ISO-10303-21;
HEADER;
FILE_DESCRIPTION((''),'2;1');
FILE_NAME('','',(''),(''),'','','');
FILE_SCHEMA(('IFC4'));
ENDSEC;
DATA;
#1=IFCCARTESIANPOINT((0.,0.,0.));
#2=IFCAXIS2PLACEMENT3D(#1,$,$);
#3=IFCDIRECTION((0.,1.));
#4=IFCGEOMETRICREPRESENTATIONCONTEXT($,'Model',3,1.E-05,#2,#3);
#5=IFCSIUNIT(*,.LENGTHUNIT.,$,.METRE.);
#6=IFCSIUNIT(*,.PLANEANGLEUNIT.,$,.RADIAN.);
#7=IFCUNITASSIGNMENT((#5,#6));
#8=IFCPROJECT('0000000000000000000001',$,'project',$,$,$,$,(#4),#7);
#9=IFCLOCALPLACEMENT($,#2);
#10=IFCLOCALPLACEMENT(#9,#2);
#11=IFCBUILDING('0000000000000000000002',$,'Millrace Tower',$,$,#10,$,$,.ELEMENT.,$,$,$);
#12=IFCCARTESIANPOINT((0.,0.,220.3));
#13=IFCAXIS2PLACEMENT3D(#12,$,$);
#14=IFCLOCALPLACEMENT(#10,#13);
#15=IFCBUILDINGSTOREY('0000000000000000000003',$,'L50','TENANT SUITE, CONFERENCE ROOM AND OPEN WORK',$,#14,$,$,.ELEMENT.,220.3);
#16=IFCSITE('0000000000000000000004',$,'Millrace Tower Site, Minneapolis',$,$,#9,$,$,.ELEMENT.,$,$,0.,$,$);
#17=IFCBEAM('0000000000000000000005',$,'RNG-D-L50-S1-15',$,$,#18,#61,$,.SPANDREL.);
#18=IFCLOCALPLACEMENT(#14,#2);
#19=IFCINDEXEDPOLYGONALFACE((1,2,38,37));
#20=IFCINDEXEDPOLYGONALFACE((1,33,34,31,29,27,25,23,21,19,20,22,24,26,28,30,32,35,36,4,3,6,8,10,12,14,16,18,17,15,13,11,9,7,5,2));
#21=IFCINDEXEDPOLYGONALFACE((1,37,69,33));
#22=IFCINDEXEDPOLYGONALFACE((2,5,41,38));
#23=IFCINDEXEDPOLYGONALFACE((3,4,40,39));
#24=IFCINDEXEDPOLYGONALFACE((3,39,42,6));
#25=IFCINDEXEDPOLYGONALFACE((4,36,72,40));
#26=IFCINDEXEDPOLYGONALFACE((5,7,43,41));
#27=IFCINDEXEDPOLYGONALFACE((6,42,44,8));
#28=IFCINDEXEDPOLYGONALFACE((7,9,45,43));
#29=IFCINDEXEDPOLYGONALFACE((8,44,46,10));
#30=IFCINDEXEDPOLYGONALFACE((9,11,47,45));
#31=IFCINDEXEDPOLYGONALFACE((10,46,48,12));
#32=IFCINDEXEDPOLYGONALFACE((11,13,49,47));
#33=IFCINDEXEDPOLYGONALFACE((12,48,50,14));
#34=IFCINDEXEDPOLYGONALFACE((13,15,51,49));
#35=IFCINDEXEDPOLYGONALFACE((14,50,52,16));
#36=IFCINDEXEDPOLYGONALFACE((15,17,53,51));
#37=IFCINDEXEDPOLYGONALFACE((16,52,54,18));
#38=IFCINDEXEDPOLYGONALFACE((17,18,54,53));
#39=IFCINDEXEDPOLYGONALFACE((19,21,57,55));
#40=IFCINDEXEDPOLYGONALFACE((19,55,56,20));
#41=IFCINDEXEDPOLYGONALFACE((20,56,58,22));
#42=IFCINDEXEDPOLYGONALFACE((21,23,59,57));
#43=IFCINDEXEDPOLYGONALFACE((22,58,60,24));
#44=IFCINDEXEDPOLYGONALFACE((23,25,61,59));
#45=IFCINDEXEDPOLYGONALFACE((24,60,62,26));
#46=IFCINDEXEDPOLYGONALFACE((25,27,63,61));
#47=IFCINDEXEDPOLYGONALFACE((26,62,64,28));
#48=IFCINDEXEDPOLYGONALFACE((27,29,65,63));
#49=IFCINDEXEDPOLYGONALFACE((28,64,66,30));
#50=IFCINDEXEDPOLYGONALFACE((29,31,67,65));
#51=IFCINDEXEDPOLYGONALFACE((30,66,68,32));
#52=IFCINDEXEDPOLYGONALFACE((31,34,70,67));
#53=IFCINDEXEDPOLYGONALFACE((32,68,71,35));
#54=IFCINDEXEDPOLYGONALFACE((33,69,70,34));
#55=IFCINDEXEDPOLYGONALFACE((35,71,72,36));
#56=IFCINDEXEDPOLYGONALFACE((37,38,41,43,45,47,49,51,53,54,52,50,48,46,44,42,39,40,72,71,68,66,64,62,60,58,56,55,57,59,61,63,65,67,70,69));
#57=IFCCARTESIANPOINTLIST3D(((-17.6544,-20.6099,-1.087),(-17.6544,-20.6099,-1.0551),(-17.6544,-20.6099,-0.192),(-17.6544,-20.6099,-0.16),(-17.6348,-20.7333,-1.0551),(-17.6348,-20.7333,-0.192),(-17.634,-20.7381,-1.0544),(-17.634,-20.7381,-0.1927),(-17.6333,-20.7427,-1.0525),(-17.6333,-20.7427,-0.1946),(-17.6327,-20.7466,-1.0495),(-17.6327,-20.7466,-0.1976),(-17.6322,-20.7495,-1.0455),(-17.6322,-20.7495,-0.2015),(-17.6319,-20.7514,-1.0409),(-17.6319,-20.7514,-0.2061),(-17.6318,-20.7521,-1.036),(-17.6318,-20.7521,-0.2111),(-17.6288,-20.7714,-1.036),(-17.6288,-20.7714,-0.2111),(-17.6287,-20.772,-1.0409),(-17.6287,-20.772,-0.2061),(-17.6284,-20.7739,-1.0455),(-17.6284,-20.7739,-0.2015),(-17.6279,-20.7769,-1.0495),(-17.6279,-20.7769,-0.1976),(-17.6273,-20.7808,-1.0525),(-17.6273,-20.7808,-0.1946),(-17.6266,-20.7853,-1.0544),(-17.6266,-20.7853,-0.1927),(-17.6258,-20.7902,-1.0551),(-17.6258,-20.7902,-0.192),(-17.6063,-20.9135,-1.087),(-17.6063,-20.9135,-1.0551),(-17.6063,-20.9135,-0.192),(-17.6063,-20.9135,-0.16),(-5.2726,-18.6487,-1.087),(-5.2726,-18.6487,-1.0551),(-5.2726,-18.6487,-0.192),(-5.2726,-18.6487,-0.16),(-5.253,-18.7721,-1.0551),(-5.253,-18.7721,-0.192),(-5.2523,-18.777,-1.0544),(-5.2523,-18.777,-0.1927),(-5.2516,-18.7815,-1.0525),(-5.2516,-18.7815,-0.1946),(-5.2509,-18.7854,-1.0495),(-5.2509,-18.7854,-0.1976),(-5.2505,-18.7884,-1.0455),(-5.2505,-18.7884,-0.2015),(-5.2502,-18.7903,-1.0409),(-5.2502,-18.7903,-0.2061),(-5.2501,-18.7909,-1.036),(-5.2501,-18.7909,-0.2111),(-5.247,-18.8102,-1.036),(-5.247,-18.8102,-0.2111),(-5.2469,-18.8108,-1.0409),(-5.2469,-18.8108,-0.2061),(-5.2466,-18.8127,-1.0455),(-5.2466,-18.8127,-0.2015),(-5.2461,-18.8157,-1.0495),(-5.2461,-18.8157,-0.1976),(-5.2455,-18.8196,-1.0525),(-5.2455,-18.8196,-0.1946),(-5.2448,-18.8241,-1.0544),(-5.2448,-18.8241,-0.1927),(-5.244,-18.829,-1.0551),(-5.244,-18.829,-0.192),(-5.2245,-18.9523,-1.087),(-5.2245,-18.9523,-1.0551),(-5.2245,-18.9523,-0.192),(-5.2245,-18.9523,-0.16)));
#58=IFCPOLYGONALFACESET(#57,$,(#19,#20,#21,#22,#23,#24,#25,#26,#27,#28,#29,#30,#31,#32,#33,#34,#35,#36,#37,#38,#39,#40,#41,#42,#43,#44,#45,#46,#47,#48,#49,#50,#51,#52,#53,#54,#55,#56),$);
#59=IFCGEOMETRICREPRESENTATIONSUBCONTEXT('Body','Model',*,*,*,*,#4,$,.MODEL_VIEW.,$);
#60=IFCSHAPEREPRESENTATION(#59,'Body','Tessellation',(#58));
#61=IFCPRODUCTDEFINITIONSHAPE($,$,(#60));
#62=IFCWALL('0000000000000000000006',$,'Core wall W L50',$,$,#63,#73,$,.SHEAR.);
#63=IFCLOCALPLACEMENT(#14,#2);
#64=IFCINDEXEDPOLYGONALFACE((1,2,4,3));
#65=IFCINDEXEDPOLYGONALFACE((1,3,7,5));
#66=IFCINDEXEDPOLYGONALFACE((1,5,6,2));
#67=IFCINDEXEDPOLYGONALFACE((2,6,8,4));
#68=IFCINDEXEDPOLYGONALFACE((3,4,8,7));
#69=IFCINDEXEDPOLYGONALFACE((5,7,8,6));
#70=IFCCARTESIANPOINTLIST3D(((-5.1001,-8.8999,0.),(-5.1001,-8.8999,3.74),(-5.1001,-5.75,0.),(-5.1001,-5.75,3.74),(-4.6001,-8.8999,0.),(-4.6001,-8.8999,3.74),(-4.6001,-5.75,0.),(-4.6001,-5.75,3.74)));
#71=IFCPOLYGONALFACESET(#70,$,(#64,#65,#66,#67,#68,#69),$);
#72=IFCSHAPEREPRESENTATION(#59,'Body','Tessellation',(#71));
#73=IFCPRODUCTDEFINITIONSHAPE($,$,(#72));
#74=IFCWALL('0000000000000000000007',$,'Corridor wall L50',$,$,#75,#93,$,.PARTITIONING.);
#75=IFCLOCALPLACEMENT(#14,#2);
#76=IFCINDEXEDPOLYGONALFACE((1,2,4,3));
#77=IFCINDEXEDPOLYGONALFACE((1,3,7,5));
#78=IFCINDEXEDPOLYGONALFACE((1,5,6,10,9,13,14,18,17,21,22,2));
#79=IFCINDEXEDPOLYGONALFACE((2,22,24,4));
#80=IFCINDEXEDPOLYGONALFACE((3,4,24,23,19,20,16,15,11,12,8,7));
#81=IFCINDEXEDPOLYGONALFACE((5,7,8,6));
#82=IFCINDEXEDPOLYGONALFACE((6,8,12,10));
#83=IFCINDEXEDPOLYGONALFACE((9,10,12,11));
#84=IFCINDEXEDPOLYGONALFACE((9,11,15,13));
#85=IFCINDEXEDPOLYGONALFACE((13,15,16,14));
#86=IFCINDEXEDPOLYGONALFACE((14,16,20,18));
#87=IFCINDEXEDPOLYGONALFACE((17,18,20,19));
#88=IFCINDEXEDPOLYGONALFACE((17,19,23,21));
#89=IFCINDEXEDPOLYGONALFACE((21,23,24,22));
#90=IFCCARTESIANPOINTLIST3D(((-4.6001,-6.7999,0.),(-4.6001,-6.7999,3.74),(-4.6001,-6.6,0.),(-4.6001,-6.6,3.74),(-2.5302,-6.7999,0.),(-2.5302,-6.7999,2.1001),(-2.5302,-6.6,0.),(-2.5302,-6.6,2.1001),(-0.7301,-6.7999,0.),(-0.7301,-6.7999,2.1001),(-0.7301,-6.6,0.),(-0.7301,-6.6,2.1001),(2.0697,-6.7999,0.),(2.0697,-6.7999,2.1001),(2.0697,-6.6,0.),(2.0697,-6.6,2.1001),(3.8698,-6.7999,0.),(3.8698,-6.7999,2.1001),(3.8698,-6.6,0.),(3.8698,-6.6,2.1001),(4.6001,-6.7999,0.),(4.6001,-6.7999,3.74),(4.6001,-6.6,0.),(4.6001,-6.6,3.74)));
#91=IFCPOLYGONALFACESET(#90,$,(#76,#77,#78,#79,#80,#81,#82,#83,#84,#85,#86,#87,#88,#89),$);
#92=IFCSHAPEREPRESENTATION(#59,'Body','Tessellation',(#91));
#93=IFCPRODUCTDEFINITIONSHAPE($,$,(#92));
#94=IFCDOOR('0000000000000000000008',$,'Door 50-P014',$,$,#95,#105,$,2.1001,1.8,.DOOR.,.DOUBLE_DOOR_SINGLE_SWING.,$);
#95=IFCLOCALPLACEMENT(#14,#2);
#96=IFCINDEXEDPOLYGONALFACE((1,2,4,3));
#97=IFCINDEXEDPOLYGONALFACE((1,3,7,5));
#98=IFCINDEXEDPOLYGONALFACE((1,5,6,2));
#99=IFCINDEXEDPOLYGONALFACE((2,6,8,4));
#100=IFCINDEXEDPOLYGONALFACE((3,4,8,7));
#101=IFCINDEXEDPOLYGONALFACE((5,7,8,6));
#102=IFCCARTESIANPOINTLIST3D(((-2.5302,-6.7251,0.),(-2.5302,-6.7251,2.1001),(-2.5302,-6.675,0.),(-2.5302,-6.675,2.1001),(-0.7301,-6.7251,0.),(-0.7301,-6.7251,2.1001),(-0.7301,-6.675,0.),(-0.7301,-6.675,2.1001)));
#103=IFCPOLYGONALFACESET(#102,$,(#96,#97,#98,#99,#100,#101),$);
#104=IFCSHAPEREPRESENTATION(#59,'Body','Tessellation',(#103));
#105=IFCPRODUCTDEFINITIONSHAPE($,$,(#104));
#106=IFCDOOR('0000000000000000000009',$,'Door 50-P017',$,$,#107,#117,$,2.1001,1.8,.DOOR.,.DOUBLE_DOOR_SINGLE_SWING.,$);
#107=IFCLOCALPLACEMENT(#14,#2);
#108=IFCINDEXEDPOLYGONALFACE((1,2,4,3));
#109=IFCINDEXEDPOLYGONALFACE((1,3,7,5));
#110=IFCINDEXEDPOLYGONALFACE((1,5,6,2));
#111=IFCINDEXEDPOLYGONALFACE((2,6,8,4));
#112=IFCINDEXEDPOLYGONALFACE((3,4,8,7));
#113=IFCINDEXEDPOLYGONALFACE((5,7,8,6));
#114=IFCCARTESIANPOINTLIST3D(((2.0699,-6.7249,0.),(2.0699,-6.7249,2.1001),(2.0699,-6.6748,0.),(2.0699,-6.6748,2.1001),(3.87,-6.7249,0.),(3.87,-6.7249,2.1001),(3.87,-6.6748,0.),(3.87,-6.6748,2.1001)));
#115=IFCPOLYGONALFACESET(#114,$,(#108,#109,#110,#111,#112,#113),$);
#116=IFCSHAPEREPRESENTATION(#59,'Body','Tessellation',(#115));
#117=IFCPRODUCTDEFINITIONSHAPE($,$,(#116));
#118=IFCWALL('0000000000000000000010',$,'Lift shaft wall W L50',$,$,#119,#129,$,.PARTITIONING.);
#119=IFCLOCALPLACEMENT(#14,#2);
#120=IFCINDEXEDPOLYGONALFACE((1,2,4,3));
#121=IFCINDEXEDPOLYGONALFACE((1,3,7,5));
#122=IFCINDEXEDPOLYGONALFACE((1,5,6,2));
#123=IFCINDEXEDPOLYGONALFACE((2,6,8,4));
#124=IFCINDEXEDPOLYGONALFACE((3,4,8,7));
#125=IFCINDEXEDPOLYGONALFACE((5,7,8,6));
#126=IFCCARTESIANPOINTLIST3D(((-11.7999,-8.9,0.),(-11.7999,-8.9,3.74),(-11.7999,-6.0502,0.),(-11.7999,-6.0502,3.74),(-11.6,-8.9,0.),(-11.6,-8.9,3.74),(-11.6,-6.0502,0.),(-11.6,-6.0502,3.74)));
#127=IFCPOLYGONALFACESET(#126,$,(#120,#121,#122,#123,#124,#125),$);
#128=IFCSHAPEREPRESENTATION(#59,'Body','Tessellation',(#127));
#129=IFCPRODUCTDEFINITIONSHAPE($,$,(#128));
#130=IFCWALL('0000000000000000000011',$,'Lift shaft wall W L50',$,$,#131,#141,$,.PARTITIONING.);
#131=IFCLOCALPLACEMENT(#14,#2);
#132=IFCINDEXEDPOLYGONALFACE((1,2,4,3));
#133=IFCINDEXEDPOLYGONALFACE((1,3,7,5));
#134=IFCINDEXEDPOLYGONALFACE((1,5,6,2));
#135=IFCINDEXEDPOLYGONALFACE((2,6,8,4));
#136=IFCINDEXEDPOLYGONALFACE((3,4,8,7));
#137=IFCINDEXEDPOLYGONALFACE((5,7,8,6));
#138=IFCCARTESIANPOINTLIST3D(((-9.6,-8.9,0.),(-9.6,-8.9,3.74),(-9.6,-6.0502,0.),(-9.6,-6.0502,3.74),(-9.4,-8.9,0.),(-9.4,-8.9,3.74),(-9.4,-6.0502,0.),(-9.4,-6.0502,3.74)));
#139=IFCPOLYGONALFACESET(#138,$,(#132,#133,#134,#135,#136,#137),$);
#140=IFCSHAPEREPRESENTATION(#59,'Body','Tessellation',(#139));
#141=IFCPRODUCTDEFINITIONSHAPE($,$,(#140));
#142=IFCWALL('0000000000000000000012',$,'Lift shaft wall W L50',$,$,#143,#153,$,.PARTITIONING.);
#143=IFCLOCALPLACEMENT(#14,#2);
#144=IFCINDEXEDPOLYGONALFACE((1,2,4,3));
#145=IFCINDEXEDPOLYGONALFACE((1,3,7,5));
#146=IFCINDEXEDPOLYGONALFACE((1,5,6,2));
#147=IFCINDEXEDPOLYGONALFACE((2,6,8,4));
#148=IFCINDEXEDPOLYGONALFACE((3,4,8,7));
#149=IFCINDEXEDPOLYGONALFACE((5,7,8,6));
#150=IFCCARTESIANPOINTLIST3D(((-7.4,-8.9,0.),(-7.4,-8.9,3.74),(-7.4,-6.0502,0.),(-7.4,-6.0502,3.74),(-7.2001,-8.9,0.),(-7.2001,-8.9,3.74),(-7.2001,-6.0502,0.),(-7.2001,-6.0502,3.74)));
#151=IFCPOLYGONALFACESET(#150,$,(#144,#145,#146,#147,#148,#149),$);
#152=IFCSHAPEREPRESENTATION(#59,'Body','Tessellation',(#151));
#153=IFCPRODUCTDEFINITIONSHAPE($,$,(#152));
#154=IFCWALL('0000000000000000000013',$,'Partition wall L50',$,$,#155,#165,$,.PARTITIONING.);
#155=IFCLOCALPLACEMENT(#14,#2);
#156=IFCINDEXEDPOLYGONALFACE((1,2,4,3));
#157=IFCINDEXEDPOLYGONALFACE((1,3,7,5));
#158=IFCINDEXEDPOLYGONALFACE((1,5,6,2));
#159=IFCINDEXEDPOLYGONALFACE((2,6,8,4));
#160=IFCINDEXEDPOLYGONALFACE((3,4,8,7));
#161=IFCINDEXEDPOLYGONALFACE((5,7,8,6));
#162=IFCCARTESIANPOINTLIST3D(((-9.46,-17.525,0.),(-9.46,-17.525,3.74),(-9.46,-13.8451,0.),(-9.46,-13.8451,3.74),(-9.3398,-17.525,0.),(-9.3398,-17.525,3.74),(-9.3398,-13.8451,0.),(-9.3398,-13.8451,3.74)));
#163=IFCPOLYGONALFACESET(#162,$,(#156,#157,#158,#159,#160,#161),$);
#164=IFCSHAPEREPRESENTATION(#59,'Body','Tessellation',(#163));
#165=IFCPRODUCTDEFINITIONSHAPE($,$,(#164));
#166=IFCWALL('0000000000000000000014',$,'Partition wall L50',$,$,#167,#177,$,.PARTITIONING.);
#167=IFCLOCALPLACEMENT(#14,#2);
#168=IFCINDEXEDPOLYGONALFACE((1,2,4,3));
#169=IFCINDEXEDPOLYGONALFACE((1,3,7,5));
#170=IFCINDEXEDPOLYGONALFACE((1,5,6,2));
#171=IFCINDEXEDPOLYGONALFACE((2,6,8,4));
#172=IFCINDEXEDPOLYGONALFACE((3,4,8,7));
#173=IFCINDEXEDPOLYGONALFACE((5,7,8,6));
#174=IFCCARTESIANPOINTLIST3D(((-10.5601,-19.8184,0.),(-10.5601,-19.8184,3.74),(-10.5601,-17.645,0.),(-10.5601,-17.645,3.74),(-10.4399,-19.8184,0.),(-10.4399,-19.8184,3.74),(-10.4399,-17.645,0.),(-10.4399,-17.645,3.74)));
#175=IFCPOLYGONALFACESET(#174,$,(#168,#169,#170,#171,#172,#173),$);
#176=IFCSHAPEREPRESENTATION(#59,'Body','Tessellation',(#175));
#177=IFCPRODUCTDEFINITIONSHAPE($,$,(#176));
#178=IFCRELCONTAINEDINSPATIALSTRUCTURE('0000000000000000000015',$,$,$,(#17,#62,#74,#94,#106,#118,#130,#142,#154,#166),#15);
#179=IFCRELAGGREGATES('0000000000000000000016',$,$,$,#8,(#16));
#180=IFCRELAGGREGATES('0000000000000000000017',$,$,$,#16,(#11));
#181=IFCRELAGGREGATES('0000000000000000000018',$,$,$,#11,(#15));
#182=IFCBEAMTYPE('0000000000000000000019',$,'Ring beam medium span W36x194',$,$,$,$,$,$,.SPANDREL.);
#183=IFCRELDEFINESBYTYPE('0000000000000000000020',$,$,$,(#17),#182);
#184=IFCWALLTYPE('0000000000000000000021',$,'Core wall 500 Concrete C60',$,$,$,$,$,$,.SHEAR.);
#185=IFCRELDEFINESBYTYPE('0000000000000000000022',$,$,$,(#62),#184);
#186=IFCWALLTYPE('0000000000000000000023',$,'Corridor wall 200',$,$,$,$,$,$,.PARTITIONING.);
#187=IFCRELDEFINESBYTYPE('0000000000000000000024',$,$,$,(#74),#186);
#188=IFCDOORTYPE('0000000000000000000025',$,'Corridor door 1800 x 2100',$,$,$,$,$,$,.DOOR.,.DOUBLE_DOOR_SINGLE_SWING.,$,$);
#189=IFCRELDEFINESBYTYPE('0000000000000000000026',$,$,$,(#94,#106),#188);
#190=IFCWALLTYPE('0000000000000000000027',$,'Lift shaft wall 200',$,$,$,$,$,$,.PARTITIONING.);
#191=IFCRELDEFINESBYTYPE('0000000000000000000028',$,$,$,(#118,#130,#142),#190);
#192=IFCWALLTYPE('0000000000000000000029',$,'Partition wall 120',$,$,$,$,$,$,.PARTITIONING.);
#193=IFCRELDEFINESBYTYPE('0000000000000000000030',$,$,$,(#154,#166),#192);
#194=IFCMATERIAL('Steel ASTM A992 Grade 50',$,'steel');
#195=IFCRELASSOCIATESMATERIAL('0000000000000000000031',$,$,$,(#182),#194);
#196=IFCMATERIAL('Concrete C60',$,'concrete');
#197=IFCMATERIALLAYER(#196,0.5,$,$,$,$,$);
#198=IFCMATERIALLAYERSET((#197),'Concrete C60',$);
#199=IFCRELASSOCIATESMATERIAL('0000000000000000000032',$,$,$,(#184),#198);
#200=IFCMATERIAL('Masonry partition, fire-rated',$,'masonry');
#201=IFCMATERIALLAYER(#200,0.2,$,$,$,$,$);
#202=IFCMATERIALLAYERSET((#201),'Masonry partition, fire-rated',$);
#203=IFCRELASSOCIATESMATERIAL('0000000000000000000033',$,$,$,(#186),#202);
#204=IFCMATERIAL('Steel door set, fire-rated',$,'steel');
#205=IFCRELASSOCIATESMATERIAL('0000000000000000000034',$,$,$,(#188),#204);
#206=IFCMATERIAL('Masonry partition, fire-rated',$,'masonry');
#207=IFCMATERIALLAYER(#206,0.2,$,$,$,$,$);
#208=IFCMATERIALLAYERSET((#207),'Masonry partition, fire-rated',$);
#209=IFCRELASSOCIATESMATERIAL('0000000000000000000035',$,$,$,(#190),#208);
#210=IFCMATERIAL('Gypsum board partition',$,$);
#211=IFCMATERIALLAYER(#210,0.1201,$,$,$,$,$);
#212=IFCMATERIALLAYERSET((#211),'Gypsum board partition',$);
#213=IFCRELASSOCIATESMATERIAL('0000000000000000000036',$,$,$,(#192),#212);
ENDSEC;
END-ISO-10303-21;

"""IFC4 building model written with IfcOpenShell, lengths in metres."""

from ifc_helpers import new_model, si_unit, direction, frame, frame_2d, origin, origin_2d, place, context, subcontext, project, spatial, rectangle, i_section, extrude, material, layer, layer_set, material_profile, profile_set, type_object, element, fill, save


model = new_model("IFC4")

# Units and contexts
model_context = context("Model", 3, precision=1e-05, world=origin(), true_north=direction((0.0, 1.0)))
body_context = subcontext(model_context, "Body", "Model", "MODEL_VIEW")
ifc_project = project(units=[si_unit("LENGTHUNIT", "METRE"), si_unit("PLANEANGLEUNIT", "RADIAN")], contexts=[model_context])

# Site, building, storey
site_placement = place(None, origin())
site = spatial("IfcSite", under=ifc_project, at=site_placement, Name="Millrace Tower Site, Minneapolis", CompositionType="ELEMENT", RefElevation=0.0)
building_placement = place(site_placement, origin())
building = spatial("IfcBuilding", under=site, at=building_placement, Name="Millrace Tower", CompositionType="ELEMENT")
storey_placement = place(building_placement, frame((0.0, 0.0, 220.3)))
storey = spatial("IfcBuildingStorey", under=building, at=storey_placement, Name="L50", Description="TENANT SUITE, CONFERENCE ROOM AND OPEN WORK", CompositionType="ELEMENT", Elevation=220.3)

# Beam
ifc_material_1 = material(Name="Steel ASTM A992 Grade 50", Category="steel")
ifc_material_profile_1 = material_profile(ifc_material_1, i_section(OverallWidth=0.3074, OverallDepth=0.927, WebThickness=0.0195, FlangeThickness=0.032, FilletRadius=0.019, at=origin_2d()))
ifc_profile_set_1 = profile_set([ifc_material_profile_1], Name="Steel ASTM A992 Grade 50")
beam_type_1 = type_object("IfcBeamType", Name="Ring beam medium span W36x194", PredefinedType="SPANDREL", material=ifc_profile_set_1)
beam_1_placement = place(storey_placement, frame((-5.2485, -18.8005, -0.6235), z_axis=(-0.987687, -0.156442, 0.0), x_axis=(0.156442, -0.987687, 0.0)))
element("IfcBeam", 1, at=beam_1_placement, inside=storey, type_object=beam_type_1, Name="RNG-D-L50-S1-15", PredefinedType="SPANDREL", context=body_context, shape_type="SweptSolid", body=[
    extrude(i_section(OverallWidth=0.3074, OverallDepth=0.927, WebThickness=0.0195, FlangeThickness=0.032, FilletRadius=0.019, at=origin_2d()), origin(), (0.0, 0.0, 1.0), 12.5361),
])

# Wall
ifc_material_2 = material(Name="Concrete C60", Category="concrete")
ifc_layer_1 = layer(ifc_material_2, 0.5)
ifc_layer_set_1 = layer_set([ifc_layer_1], Name="Concrete C60")
wall_type_1 = type_object("IfcWallType", Name="Core wall 500 Concrete C60", PredefinedType="SHEAR", material=ifc_layer_set_1)
wall_1_placement = place(storey_placement, frame((-4.8501, -8.8999, 0.0), z_axis=(0.0, 0.0, 1.0), x_axis=(0.0, 1.0, 0.0)))
element("IfcWall", 2, at=wall_1_placement, inside=storey, type_object=wall_type_1, Name="Core wall W L50", PredefinedType="SHEAR", context=body_context, shape_type="SweptSolid", body=[
    extrude(rectangle(XDim=3.1499, YDim=0.5, at=frame_2d((1.575, 0.0))), origin(), (0.0, 0.0, 1.0), 3.74),
])

# Wall, openings, doors
ifc_material_3 = material(Name="Masonry partition, fire-rated", Category="masonry")
ifc_layer_2 = layer(ifc_material_3, 0.2)
ifc_layer_set_2 = layer_set([ifc_layer_2], Name="Masonry partition, fire-rated")
wall_type_2 = type_object("IfcWallType", Name="Corridor wall 200", PredefinedType="PARTITIONING", material=ifc_layer_set_2)
wall_2_placement = place(storey_placement, frame((-4.6001, -6.7, 0.0), z_axis=(0.0, 0.0, 1.0), x_axis=(1.0, 0.0, 0.0)))
wall_2 = element("IfcWall", 3, at=wall_2_placement, inside=storey, type_object=wall_type_2, Name="Corridor wall L50", PredefinedType="PARTITIONING", context=body_context, shape_type="SweptSolid", body=[
    extrude(rectangle(XDim=9.2002, YDim=0.2, at=frame_2d((4.6001, 0.0))), origin(), (0.0, 0.0, 1.0), 3.74),
])
opening_1_placement = place(wall_2_placement, frame((2.0701, 0.0, 0.0)))
opening_1 = element("IfcOpeningElement", 4, at=opening_1_placement, cuts=wall_2, PredefinedType="OPENING", context=body_context, shape_type="SweptSolid", body=[
    extrude(rectangle(XDim=1.8, YDim=2.1001, at=frame_2d((0.8999, 1.05))), frame((0.0, 0.1099, 0.0), z_axis=(0.0, -1.0, 0.0), x_axis=(1.0, 0.0, 0.0)), (0.0, 0.0, 1.0), 0.22),
])
opening_2_placement = place(wall_2_placement, frame((6.6699, 0.0, 0.0)))
opening_2 = element("IfcOpeningElement", 5, at=opening_2_placement, cuts=wall_2, PredefinedType="OPENING", context=body_context, shape_type="SweptSolid", body=[
    extrude(rectangle(XDim=1.8, YDim=2.1001, at=frame_2d((0.8999, 1.05))), frame((0.0, 0.1099, 0.0), z_axis=(0.0, -1.0, 0.0), x_axis=(1.0, 0.0, 0.0)), (0.0, 0.0, 1.0), 0.22),
])
ifc_material_4 = material(Name="Steel door set, fire-rated", Category="steel")
door_type = type_object("IfcDoorType", Name="Corridor door 1800 x 2100", OperationType="DOUBLE_DOOR_SINGLE_SWING", PredefinedType="DOOR", material=ifc_material_4)
door_1_placement = place(opening_1_placement, origin())
door_1 = element("IfcDoor", 6, at=door_1_placement, inside=storey, type_object=door_type, Name="Door 50-P014", OperationType="DOUBLE_DOOR_SINGLE_SWING", OverallHeight=2.1001, OverallWidth=1.8, PredefinedType="DOOR", context=body_context, shape_type="SweptSolid", body=[
    extrude(rectangle(XDim=1.8, YDim=2.1001, at=frame_2d((0.8999, 1.05))), frame((0.0, 0.0249, 0.0), z_axis=(0.0, -1.0, 0.0), x_axis=(1.0, 0.0, 0.0)), (0.0, 0.0, 1.0), 0.05),
])
fill(opening_1, door_1)
door_2_placement = place(opening_2_placement, frame((1.8, 0.0, 0.0), z_axis=(0.0, 0.0, 1.0), x_axis=(-1.0, 0.0, 0.0)))
door_2 = element("IfcDoor", 7, at=door_2_placement, inside=storey, type_object=door_type, Name="Door 50-P017", OperationType="DOUBLE_DOOR_SINGLE_SWING", OverallHeight=2.1001, OverallWidth=1.8, PredefinedType="DOOR", context=body_context, shape_type="SweptSolid", body=[
    extrude(rectangle(XDim=1.8, YDim=2.1001, at=frame_2d((0.8999, 1.05))), frame((0.0, 0.0249, 0.0), z_axis=(0.0, -1.0, 0.0), x_axis=(1.0, 0.0, 0.0)), (0.0, 0.0, 1.0), 0.05),
])
fill(opening_2, door_2)

# Walls
ifc_material_5 = material(Name="Masonry partition, fire-rated", Category="masonry")
ifc_layer_3 = layer(ifc_material_5, 0.2)
ifc_layer_set_3 = layer_set([ifc_layer_3], Name="Masonry partition, fire-rated")
wall_type_3 = type_object("IfcWallType", Name="Lift shaft wall 200", PredefinedType="PARTITIONING", material=ifc_layer_set_3)
for number, where, z_axis, x_axis, name in (
    (8, (-11.7, -8.8999, 0.0), (0.0, 0.0, 1.0), (0.0, 1.0, 0.0), "Lift shaft wall W L50"),
    (9, (-9.5, -8.8999, 0.0), (0.0, 0.0, 1.0), (0.0, 1.0, 0.0), "Lift shaft wall W L50"),
    (10, (-7.3, -8.8999, 0.0), (0.0, 0.0, 1.0), (0.0, 1.0, 0.0), "Lift shaft wall W L50"),
):
    element("IfcWall", number, at=place(storey_placement, frame(where, z_axis=z_axis, x_axis=x_axis)), inside=storey, type_object=wall_type_3, Name=name, PredefinedType="PARTITIONING", context=body_context, shape_type="SweptSolid", body=[
        extrude(rectangle(XDim=2.8499, YDim=0.2, at=frame_2d((1.4248, 0.0))), origin(), (0.0, 0.0, 1.0), 3.74),
    ])
ifc_material_6 = material(Name="Gypsum board partition")
ifc_layer_4 = layer(ifc_material_6, 0.1201)
ifc_layer_set_4 = layer_set([ifc_layer_4], Name="Gypsum board partition")
wall_type_4 = type_object("IfcWallType", Name="Partition wall 120", PredefinedType="PARTITIONING", material=ifc_layer_set_4)
wall_3_placement = place(storey_placement, frame((-9.3999, -17.5249, 0.0), z_axis=(0.0, 0.0, 1.0), x_axis=(0.0, 1.0, 0.0)))
element("IfcWall", 11, at=wall_3_placement, inside=storey, type_object=wall_type_4, Name="Partition wall L50", PredefinedType="PARTITIONING", context=body_context, shape_type="SweptSolid", body=[
    extrude(rectangle(XDim=3.6799, YDim=0.1201, at=frame_2d((1.8398, 0.0))), origin(), (0.0, 0.0, 1.0), 3.74),
])
wall_4_placement = place(storey_placement, frame((-10.5, -19.8184, 0.0), z_axis=(0.0, 0.0, 1.0), x_axis=(0.0, 1.0, 0.0)))
element("IfcWall", 12, at=wall_4_placement, inside=storey, type_object=wall_type_4, Name="Partition wall L50", PredefinedType="PARTITIONING", context=body_context, shape_type="SweptSolid", body=[
    extrude(rectangle(XDim=2.1733, YDim=0.1201, at=frame_2d((1.0867, 0.0))), origin(), (0.0, 0.0, 1.0), 3.74),
])

save(model, "model.ifc")
